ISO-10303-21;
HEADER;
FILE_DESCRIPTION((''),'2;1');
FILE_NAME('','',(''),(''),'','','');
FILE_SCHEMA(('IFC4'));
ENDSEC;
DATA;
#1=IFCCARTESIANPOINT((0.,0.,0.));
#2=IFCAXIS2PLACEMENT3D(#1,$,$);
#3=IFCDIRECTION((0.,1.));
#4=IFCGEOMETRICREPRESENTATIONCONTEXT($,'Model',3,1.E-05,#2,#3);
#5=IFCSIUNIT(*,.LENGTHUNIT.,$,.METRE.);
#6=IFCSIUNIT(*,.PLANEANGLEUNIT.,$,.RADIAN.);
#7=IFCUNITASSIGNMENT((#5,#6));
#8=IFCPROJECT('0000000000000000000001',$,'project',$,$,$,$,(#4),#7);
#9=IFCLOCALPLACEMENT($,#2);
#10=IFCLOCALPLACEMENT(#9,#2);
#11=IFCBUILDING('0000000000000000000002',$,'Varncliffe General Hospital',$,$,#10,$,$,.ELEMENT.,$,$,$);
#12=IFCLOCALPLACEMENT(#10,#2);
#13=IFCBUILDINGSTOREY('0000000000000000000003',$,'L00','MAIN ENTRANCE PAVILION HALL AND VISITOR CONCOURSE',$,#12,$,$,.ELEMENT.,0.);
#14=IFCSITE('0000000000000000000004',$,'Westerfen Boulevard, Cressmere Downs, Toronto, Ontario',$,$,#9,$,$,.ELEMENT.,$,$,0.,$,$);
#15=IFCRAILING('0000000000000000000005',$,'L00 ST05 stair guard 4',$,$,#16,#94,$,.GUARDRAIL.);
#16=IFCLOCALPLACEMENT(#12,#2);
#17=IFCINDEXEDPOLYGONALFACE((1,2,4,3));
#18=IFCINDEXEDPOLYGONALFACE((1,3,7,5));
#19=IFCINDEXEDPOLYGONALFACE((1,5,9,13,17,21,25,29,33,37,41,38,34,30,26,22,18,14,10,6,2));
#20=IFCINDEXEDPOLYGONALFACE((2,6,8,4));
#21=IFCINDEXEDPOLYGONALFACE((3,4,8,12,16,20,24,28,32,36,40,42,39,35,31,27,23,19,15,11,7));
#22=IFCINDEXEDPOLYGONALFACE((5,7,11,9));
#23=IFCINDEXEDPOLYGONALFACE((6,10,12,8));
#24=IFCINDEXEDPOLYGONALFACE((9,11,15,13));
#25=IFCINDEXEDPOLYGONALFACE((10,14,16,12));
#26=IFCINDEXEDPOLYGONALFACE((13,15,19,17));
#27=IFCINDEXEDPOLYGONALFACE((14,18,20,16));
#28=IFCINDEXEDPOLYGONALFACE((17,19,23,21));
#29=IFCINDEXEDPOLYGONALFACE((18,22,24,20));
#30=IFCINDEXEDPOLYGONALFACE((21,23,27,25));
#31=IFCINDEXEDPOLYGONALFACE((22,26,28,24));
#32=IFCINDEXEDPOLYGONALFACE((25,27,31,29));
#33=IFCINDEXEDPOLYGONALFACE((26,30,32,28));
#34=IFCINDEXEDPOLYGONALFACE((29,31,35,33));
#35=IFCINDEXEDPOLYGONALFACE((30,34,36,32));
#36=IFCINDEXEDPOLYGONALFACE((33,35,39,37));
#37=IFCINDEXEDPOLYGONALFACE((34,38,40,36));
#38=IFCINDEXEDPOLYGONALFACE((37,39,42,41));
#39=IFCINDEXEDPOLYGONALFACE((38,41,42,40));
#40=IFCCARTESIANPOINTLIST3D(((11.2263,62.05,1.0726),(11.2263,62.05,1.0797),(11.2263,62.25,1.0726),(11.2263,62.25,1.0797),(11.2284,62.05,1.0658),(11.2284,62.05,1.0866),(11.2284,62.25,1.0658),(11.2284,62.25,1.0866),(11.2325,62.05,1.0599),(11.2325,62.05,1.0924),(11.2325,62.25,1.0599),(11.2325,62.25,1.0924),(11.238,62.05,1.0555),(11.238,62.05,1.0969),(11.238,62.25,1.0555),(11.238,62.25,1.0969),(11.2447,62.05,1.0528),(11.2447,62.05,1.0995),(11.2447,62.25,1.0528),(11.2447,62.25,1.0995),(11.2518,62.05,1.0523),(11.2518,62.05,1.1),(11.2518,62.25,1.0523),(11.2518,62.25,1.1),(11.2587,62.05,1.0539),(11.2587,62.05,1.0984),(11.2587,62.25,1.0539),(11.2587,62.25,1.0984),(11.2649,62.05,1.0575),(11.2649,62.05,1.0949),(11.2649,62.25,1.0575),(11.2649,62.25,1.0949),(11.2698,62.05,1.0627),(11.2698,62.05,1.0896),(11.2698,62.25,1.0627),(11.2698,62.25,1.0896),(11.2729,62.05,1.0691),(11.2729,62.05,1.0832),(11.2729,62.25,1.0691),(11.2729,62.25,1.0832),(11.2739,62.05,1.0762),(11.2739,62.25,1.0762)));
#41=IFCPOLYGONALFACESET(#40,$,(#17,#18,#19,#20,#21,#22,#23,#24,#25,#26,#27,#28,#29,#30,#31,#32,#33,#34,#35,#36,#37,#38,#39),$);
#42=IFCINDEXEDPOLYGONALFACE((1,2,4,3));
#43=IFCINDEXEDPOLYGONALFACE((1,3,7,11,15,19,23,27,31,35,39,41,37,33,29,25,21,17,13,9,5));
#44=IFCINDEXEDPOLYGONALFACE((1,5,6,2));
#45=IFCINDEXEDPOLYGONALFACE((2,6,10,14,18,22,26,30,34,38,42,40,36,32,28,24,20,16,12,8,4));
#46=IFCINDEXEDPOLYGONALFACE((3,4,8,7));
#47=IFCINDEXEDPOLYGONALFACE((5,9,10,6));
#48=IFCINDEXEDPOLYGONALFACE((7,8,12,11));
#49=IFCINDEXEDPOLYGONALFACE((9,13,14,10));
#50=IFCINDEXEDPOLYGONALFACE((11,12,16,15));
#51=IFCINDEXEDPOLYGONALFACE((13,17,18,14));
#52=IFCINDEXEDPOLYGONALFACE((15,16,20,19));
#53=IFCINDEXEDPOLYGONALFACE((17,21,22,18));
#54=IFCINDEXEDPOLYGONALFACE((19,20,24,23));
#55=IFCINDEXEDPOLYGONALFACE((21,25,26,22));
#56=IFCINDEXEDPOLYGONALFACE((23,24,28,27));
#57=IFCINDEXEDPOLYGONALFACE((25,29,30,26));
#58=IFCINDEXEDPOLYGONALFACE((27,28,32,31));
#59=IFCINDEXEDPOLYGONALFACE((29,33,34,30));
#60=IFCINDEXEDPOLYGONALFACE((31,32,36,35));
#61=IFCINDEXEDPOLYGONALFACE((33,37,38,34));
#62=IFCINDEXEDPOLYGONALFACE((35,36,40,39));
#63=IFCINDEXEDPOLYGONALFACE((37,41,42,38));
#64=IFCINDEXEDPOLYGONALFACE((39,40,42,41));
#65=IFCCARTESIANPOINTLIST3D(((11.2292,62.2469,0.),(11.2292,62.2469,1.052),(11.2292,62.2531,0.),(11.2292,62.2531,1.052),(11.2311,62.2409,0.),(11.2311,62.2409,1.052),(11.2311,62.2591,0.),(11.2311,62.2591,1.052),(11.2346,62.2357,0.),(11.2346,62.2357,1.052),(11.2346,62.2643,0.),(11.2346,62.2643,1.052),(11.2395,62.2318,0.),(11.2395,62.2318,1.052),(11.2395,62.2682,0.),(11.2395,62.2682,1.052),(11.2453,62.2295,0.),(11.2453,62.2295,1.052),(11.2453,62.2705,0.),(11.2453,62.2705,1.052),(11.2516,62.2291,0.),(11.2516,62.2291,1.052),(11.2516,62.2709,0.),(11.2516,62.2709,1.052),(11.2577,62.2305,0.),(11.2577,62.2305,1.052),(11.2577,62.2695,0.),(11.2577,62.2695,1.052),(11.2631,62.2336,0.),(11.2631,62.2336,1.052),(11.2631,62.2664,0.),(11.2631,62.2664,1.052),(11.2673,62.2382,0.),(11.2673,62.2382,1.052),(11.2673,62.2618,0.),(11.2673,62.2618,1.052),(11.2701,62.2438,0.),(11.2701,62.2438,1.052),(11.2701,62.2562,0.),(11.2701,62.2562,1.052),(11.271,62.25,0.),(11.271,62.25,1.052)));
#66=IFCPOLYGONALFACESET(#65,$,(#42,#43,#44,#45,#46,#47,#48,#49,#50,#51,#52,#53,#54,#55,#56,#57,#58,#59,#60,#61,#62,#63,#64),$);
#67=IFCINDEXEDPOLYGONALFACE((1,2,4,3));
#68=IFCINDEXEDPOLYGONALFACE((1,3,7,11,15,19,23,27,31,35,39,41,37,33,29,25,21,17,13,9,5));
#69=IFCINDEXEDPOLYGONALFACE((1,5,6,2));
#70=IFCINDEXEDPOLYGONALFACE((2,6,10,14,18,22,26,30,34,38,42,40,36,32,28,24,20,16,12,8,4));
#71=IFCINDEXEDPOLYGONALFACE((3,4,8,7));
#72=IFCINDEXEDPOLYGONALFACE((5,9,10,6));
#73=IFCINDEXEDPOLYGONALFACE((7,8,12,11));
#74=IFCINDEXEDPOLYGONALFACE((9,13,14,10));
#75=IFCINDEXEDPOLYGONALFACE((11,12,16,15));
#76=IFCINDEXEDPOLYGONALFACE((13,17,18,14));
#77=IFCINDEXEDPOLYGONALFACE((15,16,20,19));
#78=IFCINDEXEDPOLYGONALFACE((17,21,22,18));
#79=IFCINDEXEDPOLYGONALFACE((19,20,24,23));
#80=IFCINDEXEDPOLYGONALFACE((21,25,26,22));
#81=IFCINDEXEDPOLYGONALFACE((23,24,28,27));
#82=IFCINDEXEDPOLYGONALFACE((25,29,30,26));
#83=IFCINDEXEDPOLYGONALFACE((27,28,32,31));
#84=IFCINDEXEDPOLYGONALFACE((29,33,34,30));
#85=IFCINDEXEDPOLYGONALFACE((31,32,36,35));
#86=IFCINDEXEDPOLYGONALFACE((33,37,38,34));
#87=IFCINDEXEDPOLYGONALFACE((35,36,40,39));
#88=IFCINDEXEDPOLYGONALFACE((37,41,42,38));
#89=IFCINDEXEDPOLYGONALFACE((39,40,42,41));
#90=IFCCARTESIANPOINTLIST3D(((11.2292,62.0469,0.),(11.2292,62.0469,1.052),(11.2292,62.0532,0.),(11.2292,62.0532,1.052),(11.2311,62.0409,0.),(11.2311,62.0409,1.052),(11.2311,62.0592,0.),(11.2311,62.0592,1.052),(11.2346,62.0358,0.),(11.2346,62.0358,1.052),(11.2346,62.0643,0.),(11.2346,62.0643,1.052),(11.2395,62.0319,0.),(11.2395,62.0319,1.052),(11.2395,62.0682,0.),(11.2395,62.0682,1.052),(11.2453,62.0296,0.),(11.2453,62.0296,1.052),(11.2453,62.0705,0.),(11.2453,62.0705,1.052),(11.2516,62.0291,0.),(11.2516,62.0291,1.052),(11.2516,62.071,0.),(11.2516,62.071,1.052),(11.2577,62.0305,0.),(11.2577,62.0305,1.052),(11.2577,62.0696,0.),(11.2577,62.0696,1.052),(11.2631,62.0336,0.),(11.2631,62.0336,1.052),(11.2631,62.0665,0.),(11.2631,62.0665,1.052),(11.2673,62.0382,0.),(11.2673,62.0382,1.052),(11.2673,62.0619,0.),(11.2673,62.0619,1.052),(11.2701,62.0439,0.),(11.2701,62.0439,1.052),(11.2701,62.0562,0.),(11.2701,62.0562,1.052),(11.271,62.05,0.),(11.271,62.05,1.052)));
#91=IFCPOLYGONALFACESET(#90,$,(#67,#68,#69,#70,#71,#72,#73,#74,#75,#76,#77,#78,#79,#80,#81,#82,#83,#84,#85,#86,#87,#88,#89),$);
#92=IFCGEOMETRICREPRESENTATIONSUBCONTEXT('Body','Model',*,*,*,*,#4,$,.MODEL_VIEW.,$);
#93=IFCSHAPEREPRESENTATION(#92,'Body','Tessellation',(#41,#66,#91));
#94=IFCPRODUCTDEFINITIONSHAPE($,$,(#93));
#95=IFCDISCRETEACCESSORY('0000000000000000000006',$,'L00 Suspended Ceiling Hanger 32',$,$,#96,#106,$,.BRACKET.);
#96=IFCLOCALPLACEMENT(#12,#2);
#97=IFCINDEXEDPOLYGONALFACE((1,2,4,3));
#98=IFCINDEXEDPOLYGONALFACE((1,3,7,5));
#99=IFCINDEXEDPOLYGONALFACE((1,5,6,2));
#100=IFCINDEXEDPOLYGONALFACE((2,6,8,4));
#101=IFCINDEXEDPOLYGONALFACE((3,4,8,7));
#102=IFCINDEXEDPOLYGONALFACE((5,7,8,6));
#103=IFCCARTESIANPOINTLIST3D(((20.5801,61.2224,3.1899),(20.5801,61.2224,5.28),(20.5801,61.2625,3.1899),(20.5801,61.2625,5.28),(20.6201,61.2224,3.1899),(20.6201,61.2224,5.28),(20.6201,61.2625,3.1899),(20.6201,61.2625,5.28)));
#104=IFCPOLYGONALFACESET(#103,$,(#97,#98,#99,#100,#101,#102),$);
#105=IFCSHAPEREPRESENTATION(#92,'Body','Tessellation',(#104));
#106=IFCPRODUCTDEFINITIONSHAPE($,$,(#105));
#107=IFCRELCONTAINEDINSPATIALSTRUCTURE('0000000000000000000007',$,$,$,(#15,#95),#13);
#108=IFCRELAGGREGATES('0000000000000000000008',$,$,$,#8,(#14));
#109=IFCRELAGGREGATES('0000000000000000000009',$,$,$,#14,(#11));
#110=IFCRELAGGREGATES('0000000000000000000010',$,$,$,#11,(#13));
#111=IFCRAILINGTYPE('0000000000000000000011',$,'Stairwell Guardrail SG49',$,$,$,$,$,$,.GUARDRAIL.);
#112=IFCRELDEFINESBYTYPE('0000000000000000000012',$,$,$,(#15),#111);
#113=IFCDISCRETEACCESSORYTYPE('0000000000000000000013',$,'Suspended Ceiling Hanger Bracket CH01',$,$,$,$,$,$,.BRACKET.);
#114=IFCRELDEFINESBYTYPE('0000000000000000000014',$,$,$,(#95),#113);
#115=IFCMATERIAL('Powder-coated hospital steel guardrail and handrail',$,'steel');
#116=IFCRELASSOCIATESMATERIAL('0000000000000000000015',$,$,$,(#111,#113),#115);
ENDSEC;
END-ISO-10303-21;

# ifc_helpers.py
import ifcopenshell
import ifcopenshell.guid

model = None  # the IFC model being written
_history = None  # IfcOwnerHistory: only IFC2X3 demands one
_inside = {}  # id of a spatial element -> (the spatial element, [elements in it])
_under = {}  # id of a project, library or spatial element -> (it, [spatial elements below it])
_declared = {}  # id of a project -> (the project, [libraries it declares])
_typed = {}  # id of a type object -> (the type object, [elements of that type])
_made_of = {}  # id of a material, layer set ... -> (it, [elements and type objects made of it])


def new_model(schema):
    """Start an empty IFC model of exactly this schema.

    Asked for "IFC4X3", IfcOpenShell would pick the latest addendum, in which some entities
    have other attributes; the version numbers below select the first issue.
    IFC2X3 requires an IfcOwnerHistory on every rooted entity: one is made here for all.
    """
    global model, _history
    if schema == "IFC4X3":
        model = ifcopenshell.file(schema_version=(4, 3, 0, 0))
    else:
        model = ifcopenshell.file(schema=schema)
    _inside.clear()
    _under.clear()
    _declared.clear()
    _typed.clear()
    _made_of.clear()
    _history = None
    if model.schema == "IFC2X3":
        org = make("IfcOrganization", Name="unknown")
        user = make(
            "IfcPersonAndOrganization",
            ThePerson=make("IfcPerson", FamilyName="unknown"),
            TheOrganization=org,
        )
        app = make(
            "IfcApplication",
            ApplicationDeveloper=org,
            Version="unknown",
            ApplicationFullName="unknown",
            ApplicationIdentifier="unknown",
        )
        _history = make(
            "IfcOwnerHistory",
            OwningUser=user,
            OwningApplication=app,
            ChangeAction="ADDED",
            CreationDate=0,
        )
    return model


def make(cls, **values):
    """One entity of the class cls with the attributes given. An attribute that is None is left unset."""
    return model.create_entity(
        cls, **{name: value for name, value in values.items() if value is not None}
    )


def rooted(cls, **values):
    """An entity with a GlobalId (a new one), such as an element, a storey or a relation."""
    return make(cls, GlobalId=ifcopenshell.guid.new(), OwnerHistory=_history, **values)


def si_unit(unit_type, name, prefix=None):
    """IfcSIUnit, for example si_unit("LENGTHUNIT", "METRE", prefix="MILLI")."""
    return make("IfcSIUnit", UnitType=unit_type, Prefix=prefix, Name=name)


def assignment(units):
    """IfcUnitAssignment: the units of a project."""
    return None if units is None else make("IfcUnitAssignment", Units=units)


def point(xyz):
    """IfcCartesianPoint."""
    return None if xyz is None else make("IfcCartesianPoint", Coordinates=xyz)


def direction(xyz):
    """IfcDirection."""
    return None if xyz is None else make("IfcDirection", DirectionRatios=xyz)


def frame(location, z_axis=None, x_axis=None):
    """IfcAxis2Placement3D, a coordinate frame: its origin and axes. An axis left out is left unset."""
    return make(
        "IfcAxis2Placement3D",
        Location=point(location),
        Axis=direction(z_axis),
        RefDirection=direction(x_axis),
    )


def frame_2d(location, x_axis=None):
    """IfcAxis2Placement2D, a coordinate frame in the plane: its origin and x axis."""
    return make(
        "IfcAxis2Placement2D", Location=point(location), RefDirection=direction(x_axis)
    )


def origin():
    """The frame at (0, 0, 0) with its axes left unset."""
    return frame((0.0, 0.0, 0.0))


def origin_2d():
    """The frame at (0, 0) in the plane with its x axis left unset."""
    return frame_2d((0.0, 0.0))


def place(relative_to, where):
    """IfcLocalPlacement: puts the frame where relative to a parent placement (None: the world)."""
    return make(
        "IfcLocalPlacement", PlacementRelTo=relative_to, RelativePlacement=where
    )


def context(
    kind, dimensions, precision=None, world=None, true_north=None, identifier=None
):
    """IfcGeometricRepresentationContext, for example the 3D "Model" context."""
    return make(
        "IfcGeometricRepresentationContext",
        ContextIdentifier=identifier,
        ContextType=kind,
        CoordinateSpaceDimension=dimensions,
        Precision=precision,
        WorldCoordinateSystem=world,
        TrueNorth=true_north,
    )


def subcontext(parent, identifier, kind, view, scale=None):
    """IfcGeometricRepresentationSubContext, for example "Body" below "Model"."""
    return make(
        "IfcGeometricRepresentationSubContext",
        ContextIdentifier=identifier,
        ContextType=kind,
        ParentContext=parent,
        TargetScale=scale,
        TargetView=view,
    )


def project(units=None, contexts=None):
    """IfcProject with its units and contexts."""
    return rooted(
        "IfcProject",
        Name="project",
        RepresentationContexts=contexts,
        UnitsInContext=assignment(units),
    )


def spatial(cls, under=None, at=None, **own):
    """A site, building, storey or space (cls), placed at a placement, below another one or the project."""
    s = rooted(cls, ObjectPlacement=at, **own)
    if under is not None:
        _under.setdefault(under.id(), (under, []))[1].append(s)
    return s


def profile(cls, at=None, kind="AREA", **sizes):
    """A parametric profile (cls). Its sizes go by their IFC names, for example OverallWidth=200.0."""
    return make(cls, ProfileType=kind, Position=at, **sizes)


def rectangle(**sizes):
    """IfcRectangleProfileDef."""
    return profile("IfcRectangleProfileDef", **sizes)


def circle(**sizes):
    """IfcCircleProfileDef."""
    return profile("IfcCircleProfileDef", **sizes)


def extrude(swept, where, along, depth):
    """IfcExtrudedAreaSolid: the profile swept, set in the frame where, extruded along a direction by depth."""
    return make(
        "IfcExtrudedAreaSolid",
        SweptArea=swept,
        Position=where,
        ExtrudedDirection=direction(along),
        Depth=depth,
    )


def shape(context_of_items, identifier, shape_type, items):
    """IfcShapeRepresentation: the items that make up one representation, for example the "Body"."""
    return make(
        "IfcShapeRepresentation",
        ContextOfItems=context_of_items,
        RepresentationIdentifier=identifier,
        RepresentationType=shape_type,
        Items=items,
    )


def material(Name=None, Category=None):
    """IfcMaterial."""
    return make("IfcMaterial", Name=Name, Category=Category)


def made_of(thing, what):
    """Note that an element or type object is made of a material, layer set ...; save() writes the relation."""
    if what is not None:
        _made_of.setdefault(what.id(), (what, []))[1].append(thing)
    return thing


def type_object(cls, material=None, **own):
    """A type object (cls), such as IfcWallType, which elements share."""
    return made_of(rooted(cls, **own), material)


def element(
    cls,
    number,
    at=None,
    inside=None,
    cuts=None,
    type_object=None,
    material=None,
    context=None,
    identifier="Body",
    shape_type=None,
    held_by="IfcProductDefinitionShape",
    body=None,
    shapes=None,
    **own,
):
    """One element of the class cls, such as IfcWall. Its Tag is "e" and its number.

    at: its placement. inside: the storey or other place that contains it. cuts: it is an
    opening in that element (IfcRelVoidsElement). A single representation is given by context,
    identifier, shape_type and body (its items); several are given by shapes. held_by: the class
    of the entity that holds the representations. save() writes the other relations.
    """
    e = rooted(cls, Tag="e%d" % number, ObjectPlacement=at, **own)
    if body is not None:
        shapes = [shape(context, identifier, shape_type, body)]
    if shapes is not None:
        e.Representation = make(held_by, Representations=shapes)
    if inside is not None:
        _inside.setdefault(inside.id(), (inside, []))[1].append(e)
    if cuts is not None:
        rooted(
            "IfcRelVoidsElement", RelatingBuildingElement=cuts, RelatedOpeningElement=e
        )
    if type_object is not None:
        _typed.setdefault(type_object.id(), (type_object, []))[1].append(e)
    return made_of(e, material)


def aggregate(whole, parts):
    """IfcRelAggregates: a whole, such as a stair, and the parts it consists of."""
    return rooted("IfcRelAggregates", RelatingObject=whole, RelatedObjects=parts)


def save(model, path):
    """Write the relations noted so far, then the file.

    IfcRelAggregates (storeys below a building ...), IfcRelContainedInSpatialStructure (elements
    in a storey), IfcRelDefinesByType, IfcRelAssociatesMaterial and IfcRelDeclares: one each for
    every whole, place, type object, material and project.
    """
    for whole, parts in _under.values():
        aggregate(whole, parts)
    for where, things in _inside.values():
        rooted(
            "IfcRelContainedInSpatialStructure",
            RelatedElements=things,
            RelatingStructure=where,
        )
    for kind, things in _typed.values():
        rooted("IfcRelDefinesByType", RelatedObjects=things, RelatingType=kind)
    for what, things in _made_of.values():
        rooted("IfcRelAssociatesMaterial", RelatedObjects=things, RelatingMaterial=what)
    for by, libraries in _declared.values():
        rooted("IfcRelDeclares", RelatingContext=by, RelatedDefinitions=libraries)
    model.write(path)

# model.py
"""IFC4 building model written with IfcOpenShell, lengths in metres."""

from ifc_helpers import new_model, si_unit, direction, frame, origin, origin_2d, place, context, subcontext, project, spatial, rectangle, circle, extrude, material, type_object, element, save


model = new_model("IFC4")

# Units and contexts
model_context = context("Model", 3, precision=1e-05, world=origin(), true_north=direction((0.0, 1.0)))
body_context = subcontext(model_context, "Body", "Model", "MODEL_VIEW")
ifc_project = project(units=[si_unit("LENGTHUNIT", "METRE"), si_unit("PLANEANGLEUNIT", "RADIAN")], contexts=[model_context])

# Site, building, storey
site_placement = place(None, origin())
site = spatial("IfcSite", under=ifc_project, at=site_placement, Name="Westerfen Boulevard, Cressmere Downs, Toronto, Ontario", CompositionType="ELEMENT", RefElevation=0.0)
building_placement = place(site_placement, origin())
building = spatial("IfcBuilding", under=site, at=building_placement, Name="Varncliffe General Hospital", CompositionType="ELEMENT")
storey_placement = place(building_placement, origin())
storey = spatial("IfcBuildingStorey", under=building, at=storey_placement, Name="L00", Description="MAIN ENTRANCE PAVILION HALL AND VISITOR CONCOURSE", CompositionType="ELEMENT", Elevation=0.0)

# Railing
ifc_material_1 = material(Name="Powder-coated hospital steel guardrail and handrail", Category="steel")
railing_type_1 = type_object("IfcRailingType", Name="Stairwell Guardrail SG49", PredefinedType="GUARDRAIL", material=ifc_material_1)
railing_1_placement = place(storey_placement, frame((11.25, 62.25, 0.0)))
element("IfcRailing", 1, at=railing_1_placement, inside=storey, type_object=railing_type_1, Name="L00 ST05 stair guard 4", PredefinedType="GUARDRAIL", context=body_context, shape_type="SweptSolid", body=[
    extrude(circle(Radius=0.0239, at=origin_2d()), frame((0.0, 0.0, 1.0762), z_axis=(0.0, -1.0, 0.0), x_axis=(1.0, 0.0, 0.0)), (0.0, 0.0, 1.0), 0.2),
    extrude(circle(Radius=0.021, at=origin_2d()), origin(), (0.0, 0.0, 1.0), 1.052),
    extrude(circle(Radius=0.021, at=origin_2d()), frame((0.0, -0.2, 0.0)), (0.0, 0.0, 1.0), 1.052),
])

# Discrete accessory
discrete_accessory_type = type_object("IfcDiscreteAccessoryType", Name="Suspended Ceiling Hanger Bracket CH01", PredefinedType="BRACKET", material=ifc_material_1)
discrete_accessory_placement = place(storey_placement, frame((20.6001, 61.2424, 3.1899), z_axis=(0.0, 0.0, 1.0), x_axis=(1.0, 0.0, 0.0)))
element("IfcDiscreteAccessory", 2, at=discrete_accessory_placement, inside=storey, type_object=discrete_accessory_type, Name="L00 Suspended Ceiling Hanger 32", PredefinedType="BRACKET", context=body_context, shape_type="SweptSolid", body=[
    extrude(rectangle(XDim=0.04, YDim=0.04, at=origin_2d()), origin(), (0.0, 0.0, 1.0), 2.0901),
])

save(model, "model.ifc")
